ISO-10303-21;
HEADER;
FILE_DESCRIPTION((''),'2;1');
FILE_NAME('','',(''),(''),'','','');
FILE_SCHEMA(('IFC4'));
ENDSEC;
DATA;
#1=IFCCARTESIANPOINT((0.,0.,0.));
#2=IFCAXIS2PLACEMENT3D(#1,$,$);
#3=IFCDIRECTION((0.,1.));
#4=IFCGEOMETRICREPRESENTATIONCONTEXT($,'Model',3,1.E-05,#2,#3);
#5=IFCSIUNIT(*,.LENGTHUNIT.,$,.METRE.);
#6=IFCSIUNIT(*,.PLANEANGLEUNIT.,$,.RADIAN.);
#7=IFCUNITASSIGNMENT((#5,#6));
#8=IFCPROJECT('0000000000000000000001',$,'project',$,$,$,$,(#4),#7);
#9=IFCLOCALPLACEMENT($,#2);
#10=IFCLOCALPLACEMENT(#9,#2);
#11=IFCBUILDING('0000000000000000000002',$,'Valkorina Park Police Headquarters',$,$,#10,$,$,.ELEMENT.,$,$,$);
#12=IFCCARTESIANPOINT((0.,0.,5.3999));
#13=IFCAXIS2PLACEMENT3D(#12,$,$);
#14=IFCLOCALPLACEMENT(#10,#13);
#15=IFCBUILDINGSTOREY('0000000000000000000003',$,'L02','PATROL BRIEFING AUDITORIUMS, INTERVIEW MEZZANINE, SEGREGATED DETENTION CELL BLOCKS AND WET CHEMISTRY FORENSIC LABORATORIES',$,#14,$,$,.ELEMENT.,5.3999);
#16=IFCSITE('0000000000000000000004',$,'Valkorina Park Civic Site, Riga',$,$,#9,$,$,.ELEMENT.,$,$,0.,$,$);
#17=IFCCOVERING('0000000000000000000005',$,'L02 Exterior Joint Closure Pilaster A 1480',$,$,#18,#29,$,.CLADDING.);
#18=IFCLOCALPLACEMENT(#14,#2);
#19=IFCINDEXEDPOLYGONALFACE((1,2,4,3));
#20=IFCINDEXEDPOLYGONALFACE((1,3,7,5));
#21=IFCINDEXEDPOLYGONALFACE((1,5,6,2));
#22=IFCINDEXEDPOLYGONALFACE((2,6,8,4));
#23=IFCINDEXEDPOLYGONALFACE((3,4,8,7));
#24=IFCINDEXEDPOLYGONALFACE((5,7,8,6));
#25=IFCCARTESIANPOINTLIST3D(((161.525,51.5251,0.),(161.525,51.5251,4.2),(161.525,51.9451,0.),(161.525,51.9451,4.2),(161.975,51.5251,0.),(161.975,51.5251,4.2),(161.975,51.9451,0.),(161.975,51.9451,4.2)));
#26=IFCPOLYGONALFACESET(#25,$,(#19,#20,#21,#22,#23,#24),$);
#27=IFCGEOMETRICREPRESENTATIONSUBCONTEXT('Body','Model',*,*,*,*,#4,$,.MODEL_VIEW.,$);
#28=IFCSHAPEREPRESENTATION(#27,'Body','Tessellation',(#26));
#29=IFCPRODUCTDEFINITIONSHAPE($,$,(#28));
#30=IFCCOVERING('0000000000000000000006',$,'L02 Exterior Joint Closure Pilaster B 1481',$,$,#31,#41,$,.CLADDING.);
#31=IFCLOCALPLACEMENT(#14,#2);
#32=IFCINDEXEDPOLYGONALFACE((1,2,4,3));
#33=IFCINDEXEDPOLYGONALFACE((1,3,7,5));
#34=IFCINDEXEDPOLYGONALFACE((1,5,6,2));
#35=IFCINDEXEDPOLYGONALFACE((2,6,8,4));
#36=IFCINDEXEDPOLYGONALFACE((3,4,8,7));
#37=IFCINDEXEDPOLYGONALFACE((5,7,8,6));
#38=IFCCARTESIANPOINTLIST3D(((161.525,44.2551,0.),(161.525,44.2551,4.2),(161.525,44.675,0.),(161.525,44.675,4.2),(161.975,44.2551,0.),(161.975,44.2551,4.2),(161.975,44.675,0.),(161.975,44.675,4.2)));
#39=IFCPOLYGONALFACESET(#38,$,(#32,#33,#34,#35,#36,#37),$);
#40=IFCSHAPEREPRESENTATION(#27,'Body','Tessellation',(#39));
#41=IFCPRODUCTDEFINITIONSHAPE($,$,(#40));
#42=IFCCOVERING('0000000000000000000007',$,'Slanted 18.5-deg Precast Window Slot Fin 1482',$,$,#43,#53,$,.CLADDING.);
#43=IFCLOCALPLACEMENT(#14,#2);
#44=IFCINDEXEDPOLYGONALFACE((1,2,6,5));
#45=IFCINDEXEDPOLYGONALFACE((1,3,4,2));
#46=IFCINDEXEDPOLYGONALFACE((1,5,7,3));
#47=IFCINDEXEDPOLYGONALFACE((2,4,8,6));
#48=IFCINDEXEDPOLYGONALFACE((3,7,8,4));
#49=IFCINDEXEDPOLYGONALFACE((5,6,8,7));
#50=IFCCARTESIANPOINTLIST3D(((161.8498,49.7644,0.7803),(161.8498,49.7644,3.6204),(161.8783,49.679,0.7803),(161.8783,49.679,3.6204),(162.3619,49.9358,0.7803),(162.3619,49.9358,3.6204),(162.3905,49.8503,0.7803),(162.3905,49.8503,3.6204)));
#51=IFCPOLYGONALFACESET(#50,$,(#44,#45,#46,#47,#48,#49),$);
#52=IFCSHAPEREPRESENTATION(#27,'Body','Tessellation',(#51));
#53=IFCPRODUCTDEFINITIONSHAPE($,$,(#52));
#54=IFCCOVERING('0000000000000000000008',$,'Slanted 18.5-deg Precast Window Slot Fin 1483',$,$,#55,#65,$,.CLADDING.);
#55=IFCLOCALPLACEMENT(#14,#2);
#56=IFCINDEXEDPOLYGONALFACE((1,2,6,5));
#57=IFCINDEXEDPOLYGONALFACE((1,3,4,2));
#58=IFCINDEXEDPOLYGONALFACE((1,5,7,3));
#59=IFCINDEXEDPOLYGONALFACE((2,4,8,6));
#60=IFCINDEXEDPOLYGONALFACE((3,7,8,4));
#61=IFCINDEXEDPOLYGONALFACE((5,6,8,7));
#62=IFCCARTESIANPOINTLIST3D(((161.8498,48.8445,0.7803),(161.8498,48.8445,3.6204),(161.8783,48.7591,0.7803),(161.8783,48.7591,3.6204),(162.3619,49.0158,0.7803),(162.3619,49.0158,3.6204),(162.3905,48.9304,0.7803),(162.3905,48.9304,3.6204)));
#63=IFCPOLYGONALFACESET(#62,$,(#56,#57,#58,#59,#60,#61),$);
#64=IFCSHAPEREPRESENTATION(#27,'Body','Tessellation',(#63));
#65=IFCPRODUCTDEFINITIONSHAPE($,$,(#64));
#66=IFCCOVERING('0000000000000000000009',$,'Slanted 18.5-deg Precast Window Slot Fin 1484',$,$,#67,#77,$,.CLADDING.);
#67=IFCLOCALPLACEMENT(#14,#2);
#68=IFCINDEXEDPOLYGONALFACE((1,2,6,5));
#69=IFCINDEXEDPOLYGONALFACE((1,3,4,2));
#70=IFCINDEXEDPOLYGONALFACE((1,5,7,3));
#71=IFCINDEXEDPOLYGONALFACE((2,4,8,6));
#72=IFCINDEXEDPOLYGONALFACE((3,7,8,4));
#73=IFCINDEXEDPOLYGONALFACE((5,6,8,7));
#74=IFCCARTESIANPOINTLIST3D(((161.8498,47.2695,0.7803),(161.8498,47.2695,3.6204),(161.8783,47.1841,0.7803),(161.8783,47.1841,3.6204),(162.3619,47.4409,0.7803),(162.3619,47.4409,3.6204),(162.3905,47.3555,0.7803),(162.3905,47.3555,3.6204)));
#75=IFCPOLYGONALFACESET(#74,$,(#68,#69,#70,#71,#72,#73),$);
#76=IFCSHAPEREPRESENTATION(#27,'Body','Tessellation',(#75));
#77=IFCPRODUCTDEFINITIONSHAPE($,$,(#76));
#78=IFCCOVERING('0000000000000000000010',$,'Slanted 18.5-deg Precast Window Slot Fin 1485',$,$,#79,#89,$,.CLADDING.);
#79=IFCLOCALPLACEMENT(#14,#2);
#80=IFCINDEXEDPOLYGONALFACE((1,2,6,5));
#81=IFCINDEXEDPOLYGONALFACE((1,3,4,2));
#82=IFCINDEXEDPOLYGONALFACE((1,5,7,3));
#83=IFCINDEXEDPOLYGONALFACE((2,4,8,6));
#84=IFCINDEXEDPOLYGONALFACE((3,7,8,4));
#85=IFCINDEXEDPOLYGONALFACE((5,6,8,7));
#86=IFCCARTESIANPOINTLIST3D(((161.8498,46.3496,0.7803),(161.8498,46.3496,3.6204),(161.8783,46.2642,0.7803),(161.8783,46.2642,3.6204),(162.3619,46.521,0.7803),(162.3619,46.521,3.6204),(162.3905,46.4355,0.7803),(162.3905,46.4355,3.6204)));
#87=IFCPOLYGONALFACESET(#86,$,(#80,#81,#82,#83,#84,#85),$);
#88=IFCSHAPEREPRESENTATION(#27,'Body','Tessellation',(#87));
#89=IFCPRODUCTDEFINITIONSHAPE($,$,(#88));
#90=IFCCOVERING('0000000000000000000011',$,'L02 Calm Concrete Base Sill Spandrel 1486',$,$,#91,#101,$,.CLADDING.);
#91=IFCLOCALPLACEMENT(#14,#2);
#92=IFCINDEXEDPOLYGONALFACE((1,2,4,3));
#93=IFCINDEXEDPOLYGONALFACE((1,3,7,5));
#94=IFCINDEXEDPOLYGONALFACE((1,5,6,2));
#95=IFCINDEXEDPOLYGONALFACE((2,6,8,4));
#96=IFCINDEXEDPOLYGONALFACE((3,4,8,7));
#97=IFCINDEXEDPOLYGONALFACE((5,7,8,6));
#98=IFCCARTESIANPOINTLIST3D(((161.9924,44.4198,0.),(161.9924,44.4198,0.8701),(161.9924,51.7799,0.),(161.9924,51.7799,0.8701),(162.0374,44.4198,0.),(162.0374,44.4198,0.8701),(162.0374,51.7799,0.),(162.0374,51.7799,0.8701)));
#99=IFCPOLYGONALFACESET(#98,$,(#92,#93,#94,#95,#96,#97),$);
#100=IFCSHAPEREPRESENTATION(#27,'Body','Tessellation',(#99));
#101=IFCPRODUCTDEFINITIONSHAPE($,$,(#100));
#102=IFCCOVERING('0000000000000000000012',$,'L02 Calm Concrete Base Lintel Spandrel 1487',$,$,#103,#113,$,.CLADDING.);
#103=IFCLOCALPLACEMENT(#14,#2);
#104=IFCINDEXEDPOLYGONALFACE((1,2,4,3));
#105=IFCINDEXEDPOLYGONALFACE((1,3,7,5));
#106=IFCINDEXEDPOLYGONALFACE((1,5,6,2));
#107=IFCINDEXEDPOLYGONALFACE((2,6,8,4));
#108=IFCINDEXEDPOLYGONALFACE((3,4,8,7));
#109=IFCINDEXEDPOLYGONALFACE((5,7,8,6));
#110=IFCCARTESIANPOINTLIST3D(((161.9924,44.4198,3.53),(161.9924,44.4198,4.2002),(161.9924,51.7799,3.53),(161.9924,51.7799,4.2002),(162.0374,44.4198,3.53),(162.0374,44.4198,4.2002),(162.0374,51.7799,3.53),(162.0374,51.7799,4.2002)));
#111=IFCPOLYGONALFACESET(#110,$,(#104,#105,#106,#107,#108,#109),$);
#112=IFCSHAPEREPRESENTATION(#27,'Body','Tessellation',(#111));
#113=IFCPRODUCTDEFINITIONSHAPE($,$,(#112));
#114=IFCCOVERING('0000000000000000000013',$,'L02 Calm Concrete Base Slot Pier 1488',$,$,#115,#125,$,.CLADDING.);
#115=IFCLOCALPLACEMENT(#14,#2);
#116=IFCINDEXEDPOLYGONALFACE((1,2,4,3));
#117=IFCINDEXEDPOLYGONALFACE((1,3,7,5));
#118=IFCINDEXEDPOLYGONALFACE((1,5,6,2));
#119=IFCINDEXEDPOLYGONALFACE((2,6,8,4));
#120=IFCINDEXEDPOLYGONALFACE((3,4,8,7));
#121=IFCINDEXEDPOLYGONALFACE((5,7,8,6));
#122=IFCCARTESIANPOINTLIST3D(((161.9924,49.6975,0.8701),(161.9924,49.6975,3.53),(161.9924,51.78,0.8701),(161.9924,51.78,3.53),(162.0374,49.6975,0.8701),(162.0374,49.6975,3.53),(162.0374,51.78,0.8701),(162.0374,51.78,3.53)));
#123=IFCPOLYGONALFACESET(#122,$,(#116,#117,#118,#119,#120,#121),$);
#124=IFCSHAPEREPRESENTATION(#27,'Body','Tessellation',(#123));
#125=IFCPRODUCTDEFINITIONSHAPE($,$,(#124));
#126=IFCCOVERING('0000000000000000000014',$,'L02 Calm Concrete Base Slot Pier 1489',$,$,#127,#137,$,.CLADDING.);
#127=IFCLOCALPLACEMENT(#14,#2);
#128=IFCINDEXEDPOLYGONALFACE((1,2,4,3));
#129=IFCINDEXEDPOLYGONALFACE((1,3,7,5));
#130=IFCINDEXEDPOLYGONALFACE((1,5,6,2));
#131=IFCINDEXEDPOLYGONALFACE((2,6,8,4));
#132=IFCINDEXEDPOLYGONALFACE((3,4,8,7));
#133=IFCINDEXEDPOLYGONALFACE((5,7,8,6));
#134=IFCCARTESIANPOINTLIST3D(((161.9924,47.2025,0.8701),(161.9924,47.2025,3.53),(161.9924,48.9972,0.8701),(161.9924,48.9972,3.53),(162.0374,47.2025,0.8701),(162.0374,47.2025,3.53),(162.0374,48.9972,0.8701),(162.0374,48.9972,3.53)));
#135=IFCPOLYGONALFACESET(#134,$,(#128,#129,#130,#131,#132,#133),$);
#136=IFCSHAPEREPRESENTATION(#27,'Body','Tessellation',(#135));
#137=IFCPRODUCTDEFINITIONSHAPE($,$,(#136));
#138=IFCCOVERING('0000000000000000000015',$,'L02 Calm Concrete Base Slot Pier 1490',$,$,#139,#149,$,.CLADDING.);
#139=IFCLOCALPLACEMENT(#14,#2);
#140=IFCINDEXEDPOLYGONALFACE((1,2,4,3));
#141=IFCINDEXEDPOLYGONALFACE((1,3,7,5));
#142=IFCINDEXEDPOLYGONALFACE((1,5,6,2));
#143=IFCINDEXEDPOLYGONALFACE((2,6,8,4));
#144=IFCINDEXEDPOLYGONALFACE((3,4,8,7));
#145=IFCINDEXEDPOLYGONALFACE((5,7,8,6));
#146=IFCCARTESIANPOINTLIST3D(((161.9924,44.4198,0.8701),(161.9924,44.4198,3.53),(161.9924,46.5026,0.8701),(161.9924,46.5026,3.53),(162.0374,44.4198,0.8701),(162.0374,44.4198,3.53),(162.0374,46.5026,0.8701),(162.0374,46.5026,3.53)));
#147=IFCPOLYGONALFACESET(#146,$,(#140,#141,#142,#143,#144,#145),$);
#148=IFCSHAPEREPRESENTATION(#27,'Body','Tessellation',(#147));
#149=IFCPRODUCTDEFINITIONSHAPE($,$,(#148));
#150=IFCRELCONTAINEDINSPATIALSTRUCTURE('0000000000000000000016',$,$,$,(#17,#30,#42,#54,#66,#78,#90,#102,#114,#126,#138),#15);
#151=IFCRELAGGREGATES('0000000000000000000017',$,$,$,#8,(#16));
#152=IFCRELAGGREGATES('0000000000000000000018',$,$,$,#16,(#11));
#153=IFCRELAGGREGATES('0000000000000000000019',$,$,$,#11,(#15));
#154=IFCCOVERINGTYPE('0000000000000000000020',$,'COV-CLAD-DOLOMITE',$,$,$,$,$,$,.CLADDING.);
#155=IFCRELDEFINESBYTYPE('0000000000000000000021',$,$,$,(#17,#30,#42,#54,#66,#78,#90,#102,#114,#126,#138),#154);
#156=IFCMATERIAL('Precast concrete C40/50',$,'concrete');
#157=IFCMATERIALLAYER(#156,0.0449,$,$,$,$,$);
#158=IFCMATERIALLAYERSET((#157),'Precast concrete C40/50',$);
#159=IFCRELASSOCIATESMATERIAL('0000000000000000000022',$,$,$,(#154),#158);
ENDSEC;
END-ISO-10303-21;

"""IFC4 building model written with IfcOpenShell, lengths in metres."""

from ifc_helpers import new_model, si_unit, direction, frame, frame_2d, origin, origin_2d, place, context, subcontext, project, spatial, rectangle, extrude, material, layer, layer_set, type_object, element, save


model = new_model("IFC4")

# Units and contexts
model_context = context("Model", 3, precision=1e-05, world=origin(), true_north=direction((0.0, 1.0)))
body_context = subcontext(model_context, "Body", "Model", "MODEL_VIEW")
ifc_project = project(units=[si_unit("LENGTHUNIT", "METRE"), si_unit("PLANEANGLEUNIT", "RADIAN")], contexts=[model_context])

# Site, building, storey
site_placement = place(None, origin())
site = spatial("IfcSite", under=ifc_project, at=site_placement, Name="Valkorina Park Civic Site, Riga", CompositionType="ELEMENT", RefElevation=0.0)
building_placement = place(site_placement, origin())
building = spatial("IfcBuilding", under=site, at=building_placement, Name="Valkorina Park Police Headquarters", CompositionType="ELEMENT")
storey_placement = place(building_placement, frame((0.0, 0.0, 5.3999)))
storey = spatial("IfcBuildingStorey", under=building, at=storey_placement, Name="L02", Description="PATROL BRIEFING AUDITORIUMS, INTERVIEW MEZZANINE, SEGREGATED DETENTION CELL BLOCKS AND WET CHEMISTRY FORENSIC LABORATORIES", CompositionType="ELEMENT", Elevation=5.3999)

# Coverings
ifc_material_1 = material(Name="Precast concrete C40/50", Category="concrete")
ifc_layer_1 = layer(ifc_material_1, 0.0449)
ifc_layer_set_1 = layer_set([ifc_layer_1], Name="Precast concrete C40/50")
covering_type = type_object("IfcCoveringType", Name="COV-CLAD-DOLOMITE", PredefinedType="CLADDING", material=ifc_layer_set_1)
for number, where, z_axis, x_axis, name in (
    (1, (161.75, 51.7351, 0.0), (0.0, 0.0, 1.0), (0.0, 1.0, 0.0), "L02 Exterior Joint Closure Pilaster A 1480"),
    (2, (161.75, 44.4651, 0.0), (0.0, 0.0, 1.0), (0.0, 1.0, 0.0), "L02 Exterior Joint Closure Pilaster B 1481"),
):
    element("IfcCovering", number, at=place(storey_placement, frame(where, z_axis=z_axis, x_axis=x_axis)), inside=storey, type_object=covering_type, Name=name, PredefinedType="CLADDING", context=body_context, shape_type="SweptSolid", body=[
        extrude(rectangle(XDim=0.4199, YDim=0.45, at=origin_2d()), origin(), (0.0, 0.0, 1.0), 4.2),
    ])
for number, where, z_axis, x_axis, name in (
    (3, (162.1201, 49.8074, 0.7803), (0.0, 0.0, 1.0), (0.948324, 0.317305, 0.0), "Slanted 18.5-deg Precast Window Slot Fin 1482"),
    (4, (162.1201, 48.8875, 0.7803), (0.0, 0.0, 1.0), (0.948324, 0.317305, 0.0), "Slanted 18.5-deg Precast Window Slot Fin 1483"),
    (5, (162.1201, 47.3125, 0.7803), (0.0, 0.0, 1.0), (0.948324, 0.317305, 0.0), "Slanted 18.5-deg Precast Window Slot Fin 1484"),
    (6, (162.1201, 46.3926, 0.7803), (0.0, 0.0, 1.0), (0.948324, 0.317305, 0.0), "Slanted 18.5-deg Precast Window Slot Fin 1485"),
):
    element("IfcCovering", number, at=place(storey_placement, frame(where, z_axis=z_axis, x_axis=x_axis)), inside=storey, type_object=covering_type, Name=name, PredefinedType="CLADDING", context=body_context, shape_type="SweptSolid", body=[
        extrude(rectangle(XDim=0.54, YDim=0.0901, at=origin_2d()), origin(), (0.0, 0.0, 1.0), 2.8401),
    ])
covering_1_placement = place(storey_placement, frame((162.0149, 51.78, 0.0), z_axis=(0.0, 0.0, 1.0), x_axis=(0.0, -1.0, 0.0)))
element("IfcCovering", 7, at=covering_1_placement, inside=storey, type_object=covering_type, Name="L02 Calm Concrete Base Sill Spandrel 1486", PredefinedType="CLADDING", context=body_context, shape_type="SweptSolid", body=[
    extrude(rectangle(XDim=7.3601, YDim=0.0449, at=frame_2d((3.6802, 0.0))), origin(), (0.0, 0.0, 1.0), 0.8701),
])
covering_2_placement = place(storey_placement, frame((162.0149, 51.78, 3.53), z_axis=(0.0, 0.0, 1.0), x_axis=(0.0, -1.0, 0.0)))
element("IfcCovering", 8, at=covering_2_placement, inside=storey, type_object=covering_type, Name="L02 Calm Concrete Base Lintel Spandrel 1487", PredefinedType="CLADDING", context=body_context, shape_type="SweptSolid", body=[
    extrude(rectangle(XDim=7.3601, YDim=0.0449, at=frame_2d((3.6802, 0.0))), origin(), (0.0, 0.0, 1.0), 0.6702),
])
covering_3_placement = place(storey_placement, frame((162.0149, 51.78, 0.8701), z_axis=(0.0, 0.0, 1.0), x_axis=(0.0, -1.0, 0.0)))
element("IfcCovering", 9, at=covering_3_placement, inside=storey, type_object=covering_type, Name="L02 Calm Concrete Base Slot Pier 1488", PredefinedType="CLADDING", context=body_context, shape_type="SweptSolid", body=[
    extrude(rectangle(XDim=2.0825, YDim=0.0449, at=frame_2d((1.0413, 0.0))), origin(), (0.0, 0.0, 1.0), 2.6599),
])
covering_4_placement = place(storey_placement, frame((162.0149, 48.9973, 0.8701), z_axis=(0.0, 0.0, 1.0), x_axis=(0.0, -1.0, 0.0)))
element("IfcCovering", 10, at=covering_4_placement, inside=storey, type_object=covering_type, Name="L02 Calm Concrete Base Slot Pier 1489", PredefinedType="CLADDING", context=body_context, shape_type="SweptSolid", body=[
    extrude(rectangle(XDim=1.7947, YDim=0.0449, at=frame_2d((0.8975, 0.0))), origin(), (0.0, 0.0, 1.0), 2.6599),
])
covering_5_placement = place(storey_placement, frame((162.0149, 46.5027, 0.8701), z_axis=(0.0, 0.0, 1.0), x_axis=(0.0, -1.0, 0.0)))
element("IfcCovering", 11, at=covering_5_placement, inside=storey, type_object=covering_type, Name="L02 Calm Concrete Base Slot Pier 1490", PredefinedType="CLADDING", context=body_context, shape_type="SweptSolid", body=[
    extrude(rectangle(XDim=2.0828, YDim=0.0449, at=frame_2d((1.0415, 0.0))), origin(), (0.0, 0.0, 1.0), 2.6599),
])

save(model, "model.ifc")
